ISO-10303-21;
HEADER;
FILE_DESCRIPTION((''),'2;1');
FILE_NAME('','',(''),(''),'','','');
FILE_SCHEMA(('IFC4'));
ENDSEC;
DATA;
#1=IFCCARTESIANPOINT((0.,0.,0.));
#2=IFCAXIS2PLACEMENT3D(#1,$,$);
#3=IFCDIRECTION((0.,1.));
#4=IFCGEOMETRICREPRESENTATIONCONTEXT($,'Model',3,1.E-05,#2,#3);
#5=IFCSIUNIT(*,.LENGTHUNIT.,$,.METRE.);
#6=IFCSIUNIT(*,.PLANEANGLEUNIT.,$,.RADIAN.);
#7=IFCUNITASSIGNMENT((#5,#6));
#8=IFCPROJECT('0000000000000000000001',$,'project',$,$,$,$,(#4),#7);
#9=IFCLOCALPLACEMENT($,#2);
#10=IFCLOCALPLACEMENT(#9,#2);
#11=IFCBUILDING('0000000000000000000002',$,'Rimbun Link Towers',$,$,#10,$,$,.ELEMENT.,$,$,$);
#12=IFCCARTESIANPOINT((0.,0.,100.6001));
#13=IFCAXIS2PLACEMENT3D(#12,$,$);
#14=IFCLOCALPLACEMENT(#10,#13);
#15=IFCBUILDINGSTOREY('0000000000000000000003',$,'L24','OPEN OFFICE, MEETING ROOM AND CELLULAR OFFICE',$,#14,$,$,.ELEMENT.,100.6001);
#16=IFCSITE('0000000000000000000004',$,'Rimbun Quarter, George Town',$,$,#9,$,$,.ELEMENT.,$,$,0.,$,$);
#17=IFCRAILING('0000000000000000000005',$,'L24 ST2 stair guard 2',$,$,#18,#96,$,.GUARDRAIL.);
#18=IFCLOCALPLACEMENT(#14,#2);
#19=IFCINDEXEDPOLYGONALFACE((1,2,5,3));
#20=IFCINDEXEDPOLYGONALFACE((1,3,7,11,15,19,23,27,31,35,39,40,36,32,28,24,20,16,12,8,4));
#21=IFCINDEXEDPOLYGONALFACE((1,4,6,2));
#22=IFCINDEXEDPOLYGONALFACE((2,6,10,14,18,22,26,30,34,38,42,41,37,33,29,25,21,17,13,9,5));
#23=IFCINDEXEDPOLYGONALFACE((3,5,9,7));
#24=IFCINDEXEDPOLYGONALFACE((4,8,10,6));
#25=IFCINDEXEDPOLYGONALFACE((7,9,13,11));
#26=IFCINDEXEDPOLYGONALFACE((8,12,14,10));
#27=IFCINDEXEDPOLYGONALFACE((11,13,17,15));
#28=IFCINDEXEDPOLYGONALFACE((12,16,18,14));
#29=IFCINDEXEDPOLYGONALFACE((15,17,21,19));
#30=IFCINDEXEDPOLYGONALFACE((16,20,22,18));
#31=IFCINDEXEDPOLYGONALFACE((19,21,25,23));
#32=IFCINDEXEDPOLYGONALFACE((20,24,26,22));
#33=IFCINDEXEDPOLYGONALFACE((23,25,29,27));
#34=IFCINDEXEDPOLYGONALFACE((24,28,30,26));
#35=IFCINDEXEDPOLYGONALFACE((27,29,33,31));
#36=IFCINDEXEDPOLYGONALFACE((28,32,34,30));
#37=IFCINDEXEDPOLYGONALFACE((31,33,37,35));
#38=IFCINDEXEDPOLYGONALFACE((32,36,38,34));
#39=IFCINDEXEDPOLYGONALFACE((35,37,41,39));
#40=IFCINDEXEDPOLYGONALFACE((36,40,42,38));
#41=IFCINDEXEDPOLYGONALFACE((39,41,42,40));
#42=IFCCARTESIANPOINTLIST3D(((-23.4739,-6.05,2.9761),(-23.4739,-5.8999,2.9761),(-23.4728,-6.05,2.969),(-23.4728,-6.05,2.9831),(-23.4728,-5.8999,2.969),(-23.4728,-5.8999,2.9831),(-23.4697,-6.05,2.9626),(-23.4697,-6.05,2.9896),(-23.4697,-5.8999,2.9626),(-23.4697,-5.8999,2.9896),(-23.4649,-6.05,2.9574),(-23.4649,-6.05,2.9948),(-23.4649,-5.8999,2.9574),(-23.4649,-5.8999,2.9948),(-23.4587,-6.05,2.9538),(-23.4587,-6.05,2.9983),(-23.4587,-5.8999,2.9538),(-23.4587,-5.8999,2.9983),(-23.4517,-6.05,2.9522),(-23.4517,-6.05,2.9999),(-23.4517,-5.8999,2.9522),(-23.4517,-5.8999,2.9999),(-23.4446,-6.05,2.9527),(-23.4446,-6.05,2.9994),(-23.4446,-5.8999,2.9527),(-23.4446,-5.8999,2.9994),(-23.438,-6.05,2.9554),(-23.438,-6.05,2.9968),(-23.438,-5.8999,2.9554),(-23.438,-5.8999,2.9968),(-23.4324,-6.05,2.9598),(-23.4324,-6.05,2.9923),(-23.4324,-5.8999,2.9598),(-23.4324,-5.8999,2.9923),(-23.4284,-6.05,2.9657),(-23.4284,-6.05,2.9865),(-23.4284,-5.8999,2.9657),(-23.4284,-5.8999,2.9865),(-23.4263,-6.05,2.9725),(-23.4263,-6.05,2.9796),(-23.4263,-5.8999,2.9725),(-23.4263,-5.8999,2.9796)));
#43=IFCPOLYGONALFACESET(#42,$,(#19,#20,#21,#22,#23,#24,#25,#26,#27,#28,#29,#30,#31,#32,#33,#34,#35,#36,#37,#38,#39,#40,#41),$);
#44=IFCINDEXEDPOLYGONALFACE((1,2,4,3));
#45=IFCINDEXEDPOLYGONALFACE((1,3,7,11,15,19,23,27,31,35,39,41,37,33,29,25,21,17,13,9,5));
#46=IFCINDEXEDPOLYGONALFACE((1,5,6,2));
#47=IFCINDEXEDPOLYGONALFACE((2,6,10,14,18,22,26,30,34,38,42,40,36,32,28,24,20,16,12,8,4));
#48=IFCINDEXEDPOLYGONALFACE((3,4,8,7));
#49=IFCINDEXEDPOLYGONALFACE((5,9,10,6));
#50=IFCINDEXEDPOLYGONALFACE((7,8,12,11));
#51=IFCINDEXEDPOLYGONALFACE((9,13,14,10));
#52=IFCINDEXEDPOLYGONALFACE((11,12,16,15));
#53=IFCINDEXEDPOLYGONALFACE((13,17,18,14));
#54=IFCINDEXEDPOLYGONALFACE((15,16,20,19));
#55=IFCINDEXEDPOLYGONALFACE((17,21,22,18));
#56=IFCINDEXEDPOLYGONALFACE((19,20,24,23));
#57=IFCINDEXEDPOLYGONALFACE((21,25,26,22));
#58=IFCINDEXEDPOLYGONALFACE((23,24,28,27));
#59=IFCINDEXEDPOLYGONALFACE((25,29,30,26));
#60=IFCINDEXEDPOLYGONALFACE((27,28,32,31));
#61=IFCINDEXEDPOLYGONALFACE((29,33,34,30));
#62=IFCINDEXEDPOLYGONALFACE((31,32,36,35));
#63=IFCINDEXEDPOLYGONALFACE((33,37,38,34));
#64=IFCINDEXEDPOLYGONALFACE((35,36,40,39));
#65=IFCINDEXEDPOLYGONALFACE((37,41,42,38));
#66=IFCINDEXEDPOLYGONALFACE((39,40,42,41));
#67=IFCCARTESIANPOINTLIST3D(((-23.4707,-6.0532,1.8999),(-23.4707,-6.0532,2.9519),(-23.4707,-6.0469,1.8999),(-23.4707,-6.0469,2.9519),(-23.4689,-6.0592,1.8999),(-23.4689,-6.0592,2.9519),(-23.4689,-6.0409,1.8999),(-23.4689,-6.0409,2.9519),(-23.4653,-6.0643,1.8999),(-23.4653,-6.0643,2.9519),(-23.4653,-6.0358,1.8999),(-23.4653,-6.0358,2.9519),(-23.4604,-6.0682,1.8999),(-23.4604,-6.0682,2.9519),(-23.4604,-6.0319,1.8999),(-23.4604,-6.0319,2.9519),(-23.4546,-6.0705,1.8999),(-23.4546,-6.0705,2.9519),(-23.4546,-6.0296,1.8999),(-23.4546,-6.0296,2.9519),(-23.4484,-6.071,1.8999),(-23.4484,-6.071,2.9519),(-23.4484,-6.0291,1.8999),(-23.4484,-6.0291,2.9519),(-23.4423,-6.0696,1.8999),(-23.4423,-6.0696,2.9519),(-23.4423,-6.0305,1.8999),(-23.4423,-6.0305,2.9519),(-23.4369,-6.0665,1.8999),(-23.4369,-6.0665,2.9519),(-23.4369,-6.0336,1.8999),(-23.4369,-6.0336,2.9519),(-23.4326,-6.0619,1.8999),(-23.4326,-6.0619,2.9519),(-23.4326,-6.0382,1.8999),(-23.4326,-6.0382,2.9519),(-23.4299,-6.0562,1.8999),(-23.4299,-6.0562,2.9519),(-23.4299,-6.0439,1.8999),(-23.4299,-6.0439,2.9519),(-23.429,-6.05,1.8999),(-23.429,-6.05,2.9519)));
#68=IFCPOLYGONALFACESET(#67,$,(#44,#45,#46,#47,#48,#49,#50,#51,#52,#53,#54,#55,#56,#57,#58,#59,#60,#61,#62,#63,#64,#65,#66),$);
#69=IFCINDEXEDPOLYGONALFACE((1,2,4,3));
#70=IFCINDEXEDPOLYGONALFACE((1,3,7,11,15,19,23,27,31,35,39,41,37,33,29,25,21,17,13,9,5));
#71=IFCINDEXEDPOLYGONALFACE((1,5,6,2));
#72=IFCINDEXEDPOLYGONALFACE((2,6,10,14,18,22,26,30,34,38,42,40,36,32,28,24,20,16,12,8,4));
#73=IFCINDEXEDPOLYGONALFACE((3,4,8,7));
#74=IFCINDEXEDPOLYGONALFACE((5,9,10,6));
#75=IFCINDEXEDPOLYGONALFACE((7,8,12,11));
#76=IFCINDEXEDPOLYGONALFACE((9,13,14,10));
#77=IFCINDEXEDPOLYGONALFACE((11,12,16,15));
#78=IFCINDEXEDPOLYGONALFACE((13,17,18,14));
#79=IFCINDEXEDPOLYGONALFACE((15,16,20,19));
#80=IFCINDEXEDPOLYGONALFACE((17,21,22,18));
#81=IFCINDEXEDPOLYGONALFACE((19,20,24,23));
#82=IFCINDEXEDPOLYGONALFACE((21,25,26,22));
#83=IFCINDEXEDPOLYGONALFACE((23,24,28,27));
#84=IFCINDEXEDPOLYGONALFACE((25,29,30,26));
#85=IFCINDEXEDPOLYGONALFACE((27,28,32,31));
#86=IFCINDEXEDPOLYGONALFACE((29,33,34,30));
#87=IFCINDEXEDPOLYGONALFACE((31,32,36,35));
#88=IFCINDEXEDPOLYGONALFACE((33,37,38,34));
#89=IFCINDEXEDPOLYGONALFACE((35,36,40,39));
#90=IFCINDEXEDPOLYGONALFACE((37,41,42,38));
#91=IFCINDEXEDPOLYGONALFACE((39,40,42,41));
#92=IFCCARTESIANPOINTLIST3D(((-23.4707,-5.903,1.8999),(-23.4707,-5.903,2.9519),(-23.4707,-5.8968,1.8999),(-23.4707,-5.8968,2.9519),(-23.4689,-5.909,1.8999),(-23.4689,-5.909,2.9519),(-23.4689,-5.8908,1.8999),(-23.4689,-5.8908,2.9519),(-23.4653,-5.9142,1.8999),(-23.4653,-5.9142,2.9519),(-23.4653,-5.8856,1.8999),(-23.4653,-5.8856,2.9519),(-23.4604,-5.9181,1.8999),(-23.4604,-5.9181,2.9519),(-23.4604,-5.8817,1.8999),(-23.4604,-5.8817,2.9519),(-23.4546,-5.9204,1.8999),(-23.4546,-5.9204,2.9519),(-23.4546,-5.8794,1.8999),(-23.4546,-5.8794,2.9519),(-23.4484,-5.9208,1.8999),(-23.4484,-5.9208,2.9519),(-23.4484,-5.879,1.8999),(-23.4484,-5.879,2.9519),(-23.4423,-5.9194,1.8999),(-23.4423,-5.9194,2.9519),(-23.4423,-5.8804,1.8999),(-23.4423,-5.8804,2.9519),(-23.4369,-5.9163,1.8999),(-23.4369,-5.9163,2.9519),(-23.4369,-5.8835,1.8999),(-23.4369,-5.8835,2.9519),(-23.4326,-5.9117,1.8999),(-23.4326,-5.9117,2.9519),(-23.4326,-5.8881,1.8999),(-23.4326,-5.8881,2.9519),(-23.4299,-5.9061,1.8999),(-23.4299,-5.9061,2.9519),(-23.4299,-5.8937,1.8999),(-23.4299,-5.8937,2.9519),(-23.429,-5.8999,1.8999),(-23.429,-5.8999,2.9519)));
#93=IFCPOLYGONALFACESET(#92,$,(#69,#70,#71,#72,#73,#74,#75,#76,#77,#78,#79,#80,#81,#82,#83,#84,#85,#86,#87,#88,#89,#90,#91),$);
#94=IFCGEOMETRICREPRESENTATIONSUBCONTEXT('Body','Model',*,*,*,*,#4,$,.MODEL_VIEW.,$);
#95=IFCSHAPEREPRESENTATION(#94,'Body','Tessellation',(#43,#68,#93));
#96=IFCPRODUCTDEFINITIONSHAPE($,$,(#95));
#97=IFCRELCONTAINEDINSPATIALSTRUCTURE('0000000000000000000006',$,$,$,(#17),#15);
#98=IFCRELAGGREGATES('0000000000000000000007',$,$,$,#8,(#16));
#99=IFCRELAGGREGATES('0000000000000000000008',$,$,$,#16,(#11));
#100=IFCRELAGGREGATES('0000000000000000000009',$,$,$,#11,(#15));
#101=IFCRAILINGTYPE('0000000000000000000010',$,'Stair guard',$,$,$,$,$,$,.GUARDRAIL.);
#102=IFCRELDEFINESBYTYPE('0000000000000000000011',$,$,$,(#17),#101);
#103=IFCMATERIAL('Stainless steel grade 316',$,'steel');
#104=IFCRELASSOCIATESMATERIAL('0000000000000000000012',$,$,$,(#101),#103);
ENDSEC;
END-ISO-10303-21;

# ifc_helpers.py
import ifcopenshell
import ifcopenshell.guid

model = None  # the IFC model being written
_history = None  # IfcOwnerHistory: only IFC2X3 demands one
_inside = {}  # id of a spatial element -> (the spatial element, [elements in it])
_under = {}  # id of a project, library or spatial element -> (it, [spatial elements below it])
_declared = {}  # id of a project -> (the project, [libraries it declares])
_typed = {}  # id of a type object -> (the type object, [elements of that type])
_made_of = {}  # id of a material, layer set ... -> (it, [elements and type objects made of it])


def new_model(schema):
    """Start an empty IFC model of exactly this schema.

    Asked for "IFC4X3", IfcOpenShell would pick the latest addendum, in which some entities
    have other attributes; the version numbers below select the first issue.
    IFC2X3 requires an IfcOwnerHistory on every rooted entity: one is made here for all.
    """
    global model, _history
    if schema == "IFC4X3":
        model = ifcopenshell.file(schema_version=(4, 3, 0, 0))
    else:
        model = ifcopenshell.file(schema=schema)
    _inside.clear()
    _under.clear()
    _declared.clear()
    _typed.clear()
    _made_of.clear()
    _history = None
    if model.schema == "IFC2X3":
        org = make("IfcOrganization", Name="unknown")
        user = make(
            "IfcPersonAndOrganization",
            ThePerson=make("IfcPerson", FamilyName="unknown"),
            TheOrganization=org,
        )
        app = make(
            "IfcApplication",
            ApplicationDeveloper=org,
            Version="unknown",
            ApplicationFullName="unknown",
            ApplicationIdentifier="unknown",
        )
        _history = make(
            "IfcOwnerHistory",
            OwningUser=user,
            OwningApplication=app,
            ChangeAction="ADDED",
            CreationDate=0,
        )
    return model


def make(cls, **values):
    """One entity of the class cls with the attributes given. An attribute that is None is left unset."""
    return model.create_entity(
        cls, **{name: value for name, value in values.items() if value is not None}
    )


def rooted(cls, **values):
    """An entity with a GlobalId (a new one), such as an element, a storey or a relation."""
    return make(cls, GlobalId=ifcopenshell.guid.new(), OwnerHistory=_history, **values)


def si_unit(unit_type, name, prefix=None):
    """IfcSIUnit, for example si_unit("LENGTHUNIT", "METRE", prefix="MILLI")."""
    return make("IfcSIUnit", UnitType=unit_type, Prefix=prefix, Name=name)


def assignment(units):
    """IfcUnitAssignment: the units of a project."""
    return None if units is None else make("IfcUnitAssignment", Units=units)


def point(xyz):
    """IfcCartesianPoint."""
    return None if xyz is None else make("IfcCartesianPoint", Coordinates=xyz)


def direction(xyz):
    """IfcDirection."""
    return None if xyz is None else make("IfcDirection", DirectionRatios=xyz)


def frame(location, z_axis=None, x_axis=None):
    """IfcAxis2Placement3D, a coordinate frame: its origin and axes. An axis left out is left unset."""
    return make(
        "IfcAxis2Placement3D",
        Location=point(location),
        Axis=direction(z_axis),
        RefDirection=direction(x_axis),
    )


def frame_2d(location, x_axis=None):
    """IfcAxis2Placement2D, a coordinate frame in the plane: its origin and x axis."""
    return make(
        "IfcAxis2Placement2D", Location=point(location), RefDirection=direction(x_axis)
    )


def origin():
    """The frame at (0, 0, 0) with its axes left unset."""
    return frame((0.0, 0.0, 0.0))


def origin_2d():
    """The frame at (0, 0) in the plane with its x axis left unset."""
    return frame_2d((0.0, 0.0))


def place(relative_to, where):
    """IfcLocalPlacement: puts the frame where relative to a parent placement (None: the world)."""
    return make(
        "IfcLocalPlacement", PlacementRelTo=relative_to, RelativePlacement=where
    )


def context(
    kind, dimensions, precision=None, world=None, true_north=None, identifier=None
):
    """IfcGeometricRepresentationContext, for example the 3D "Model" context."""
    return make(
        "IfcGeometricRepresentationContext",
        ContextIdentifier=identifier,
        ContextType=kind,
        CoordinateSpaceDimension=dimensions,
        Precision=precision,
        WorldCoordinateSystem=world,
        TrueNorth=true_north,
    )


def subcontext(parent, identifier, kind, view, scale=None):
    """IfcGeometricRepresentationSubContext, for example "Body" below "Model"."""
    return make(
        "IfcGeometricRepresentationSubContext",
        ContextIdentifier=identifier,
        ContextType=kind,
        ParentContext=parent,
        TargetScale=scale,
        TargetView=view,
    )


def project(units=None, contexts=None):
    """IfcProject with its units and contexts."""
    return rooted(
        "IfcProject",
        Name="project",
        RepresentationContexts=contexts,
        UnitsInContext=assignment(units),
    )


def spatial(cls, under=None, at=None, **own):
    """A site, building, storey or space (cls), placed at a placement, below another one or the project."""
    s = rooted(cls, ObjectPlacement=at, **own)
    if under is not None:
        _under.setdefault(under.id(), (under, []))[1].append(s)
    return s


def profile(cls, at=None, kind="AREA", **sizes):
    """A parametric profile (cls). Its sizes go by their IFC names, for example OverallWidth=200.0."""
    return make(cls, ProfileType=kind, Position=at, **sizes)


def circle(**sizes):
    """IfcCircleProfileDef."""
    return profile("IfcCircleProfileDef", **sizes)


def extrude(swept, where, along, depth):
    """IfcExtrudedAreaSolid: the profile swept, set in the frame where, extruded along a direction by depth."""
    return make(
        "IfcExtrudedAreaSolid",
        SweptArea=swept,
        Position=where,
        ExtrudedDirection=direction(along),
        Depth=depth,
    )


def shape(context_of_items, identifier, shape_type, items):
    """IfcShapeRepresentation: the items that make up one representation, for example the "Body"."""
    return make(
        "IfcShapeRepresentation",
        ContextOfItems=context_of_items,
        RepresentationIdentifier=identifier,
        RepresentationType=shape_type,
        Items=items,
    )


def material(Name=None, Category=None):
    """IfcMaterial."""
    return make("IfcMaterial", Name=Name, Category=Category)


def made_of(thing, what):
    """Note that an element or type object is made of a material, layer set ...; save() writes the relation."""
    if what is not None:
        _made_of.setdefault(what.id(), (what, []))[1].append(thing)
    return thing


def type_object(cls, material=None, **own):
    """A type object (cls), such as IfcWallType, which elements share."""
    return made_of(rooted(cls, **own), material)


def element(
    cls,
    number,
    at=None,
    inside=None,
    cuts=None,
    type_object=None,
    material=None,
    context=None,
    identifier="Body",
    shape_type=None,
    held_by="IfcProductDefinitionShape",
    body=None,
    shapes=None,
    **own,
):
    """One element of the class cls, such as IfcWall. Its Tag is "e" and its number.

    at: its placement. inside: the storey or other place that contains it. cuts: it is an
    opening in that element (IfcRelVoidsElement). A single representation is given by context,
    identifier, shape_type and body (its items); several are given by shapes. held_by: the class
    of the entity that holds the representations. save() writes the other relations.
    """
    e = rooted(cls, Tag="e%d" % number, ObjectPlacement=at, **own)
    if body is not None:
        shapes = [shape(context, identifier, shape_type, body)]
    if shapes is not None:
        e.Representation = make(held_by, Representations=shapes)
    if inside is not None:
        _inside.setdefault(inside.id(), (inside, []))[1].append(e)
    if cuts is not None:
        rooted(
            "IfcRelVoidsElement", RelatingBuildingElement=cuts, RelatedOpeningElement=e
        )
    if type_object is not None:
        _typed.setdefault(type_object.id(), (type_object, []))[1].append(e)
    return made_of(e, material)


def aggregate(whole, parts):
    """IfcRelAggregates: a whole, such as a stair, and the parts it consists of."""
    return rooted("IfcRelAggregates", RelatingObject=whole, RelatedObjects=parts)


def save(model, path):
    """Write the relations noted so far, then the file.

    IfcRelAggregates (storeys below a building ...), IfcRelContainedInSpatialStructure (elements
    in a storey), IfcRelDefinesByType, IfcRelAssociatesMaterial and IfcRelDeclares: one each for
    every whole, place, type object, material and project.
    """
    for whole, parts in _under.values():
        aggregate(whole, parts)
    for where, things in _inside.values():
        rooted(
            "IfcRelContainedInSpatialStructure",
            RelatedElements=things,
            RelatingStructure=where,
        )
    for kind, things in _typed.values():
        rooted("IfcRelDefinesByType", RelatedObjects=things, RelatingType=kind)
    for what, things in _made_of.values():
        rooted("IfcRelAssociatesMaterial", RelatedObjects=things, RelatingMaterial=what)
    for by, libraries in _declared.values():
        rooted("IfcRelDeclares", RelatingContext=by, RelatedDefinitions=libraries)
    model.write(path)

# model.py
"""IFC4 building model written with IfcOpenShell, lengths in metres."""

from ifc_helpers import new_model, si_unit, direction, frame, origin, origin_2d, place, context, subcontext, project, spatial, circle, extrude, material, type_object, element, save


model = new_model("IFC4")

# Units and contexts
model_context = context("Model", 3, precision=1e-05, world=origin(), true_north=direction((0.0, 1.0)))
body_context = subcontext(model_context, "Body", "Model", "MODEL_VIEW")
ifc_project = project(units=[si_unit("LENGTHUNIT", "METRE"), si_unit("PLANEANGLEUNIT", "RADIAN")], contexts=[model_context])

# Site, building, storey
site_placement = place(None, origin())
site = spatial("IfcSite", under=ifc_project, at=site_placement, Name="Rimbun Quarter, George Town", CompositionType="ELEMENT", RefElevation=0.0)
building_placement = place(site_placement, origin())
building = spatial("IfcBuilding", under=site, at=building_placement, Name="Rimbun Link Towers", CompositionType="ELEMENT")
storey_placement = place(building_placement, frame((0.0, 0.0, 100.6001)))
storey = spatial("IfcBuildingStorey", under=building, at=storey_placement, Name="L24", Description="OPEN OFFICE, MEETING ROOM AND CELLULAR OFFICE", CompositionType="ELEMENT", Elevation=100.6001)

# Railing
ifc_material_1 = material(Name="Stainless steel grade 316", Category="steel")
railing_type_1 = type_object("IfcRailingType", Name="Stair guard", PredefinedType="GUARDRAIL", material=ifc_material_1)
railing_1_placement = place(storey_placement, frame((-23.45, -6.05, 1.8999)))
element("IfcRailing", 1, at=railing_1_placement, inside=storey, type_object=railing_type_1, Name="L24 ST2 stair guard 2", PredefinedType="GUARDRAIL", context=body_context, shape_type="SweptSolid", body=[
    extrude(circle(Radius=0.0239, at=origin_2d()), frame((0.0, 0.0, 1.0762), z_axis=(0.0, 1.0, 0.0), x_axis=(-1.0, 0.0, 0.0)), (0.0, 0.0, 1.0), 0.1501),
    extrude(circle(Radius=0.021, at=origin_2d()), origin(), (0.0, 0.0, 1.0), 1.052),
    extrude(circle(Radius=0.021, at=origin_2d()), frame((0.0, 0.1501, 0.0)), (0.0, 0.0, 1.0), 1.052),
])

save(model, "model.ifc")
